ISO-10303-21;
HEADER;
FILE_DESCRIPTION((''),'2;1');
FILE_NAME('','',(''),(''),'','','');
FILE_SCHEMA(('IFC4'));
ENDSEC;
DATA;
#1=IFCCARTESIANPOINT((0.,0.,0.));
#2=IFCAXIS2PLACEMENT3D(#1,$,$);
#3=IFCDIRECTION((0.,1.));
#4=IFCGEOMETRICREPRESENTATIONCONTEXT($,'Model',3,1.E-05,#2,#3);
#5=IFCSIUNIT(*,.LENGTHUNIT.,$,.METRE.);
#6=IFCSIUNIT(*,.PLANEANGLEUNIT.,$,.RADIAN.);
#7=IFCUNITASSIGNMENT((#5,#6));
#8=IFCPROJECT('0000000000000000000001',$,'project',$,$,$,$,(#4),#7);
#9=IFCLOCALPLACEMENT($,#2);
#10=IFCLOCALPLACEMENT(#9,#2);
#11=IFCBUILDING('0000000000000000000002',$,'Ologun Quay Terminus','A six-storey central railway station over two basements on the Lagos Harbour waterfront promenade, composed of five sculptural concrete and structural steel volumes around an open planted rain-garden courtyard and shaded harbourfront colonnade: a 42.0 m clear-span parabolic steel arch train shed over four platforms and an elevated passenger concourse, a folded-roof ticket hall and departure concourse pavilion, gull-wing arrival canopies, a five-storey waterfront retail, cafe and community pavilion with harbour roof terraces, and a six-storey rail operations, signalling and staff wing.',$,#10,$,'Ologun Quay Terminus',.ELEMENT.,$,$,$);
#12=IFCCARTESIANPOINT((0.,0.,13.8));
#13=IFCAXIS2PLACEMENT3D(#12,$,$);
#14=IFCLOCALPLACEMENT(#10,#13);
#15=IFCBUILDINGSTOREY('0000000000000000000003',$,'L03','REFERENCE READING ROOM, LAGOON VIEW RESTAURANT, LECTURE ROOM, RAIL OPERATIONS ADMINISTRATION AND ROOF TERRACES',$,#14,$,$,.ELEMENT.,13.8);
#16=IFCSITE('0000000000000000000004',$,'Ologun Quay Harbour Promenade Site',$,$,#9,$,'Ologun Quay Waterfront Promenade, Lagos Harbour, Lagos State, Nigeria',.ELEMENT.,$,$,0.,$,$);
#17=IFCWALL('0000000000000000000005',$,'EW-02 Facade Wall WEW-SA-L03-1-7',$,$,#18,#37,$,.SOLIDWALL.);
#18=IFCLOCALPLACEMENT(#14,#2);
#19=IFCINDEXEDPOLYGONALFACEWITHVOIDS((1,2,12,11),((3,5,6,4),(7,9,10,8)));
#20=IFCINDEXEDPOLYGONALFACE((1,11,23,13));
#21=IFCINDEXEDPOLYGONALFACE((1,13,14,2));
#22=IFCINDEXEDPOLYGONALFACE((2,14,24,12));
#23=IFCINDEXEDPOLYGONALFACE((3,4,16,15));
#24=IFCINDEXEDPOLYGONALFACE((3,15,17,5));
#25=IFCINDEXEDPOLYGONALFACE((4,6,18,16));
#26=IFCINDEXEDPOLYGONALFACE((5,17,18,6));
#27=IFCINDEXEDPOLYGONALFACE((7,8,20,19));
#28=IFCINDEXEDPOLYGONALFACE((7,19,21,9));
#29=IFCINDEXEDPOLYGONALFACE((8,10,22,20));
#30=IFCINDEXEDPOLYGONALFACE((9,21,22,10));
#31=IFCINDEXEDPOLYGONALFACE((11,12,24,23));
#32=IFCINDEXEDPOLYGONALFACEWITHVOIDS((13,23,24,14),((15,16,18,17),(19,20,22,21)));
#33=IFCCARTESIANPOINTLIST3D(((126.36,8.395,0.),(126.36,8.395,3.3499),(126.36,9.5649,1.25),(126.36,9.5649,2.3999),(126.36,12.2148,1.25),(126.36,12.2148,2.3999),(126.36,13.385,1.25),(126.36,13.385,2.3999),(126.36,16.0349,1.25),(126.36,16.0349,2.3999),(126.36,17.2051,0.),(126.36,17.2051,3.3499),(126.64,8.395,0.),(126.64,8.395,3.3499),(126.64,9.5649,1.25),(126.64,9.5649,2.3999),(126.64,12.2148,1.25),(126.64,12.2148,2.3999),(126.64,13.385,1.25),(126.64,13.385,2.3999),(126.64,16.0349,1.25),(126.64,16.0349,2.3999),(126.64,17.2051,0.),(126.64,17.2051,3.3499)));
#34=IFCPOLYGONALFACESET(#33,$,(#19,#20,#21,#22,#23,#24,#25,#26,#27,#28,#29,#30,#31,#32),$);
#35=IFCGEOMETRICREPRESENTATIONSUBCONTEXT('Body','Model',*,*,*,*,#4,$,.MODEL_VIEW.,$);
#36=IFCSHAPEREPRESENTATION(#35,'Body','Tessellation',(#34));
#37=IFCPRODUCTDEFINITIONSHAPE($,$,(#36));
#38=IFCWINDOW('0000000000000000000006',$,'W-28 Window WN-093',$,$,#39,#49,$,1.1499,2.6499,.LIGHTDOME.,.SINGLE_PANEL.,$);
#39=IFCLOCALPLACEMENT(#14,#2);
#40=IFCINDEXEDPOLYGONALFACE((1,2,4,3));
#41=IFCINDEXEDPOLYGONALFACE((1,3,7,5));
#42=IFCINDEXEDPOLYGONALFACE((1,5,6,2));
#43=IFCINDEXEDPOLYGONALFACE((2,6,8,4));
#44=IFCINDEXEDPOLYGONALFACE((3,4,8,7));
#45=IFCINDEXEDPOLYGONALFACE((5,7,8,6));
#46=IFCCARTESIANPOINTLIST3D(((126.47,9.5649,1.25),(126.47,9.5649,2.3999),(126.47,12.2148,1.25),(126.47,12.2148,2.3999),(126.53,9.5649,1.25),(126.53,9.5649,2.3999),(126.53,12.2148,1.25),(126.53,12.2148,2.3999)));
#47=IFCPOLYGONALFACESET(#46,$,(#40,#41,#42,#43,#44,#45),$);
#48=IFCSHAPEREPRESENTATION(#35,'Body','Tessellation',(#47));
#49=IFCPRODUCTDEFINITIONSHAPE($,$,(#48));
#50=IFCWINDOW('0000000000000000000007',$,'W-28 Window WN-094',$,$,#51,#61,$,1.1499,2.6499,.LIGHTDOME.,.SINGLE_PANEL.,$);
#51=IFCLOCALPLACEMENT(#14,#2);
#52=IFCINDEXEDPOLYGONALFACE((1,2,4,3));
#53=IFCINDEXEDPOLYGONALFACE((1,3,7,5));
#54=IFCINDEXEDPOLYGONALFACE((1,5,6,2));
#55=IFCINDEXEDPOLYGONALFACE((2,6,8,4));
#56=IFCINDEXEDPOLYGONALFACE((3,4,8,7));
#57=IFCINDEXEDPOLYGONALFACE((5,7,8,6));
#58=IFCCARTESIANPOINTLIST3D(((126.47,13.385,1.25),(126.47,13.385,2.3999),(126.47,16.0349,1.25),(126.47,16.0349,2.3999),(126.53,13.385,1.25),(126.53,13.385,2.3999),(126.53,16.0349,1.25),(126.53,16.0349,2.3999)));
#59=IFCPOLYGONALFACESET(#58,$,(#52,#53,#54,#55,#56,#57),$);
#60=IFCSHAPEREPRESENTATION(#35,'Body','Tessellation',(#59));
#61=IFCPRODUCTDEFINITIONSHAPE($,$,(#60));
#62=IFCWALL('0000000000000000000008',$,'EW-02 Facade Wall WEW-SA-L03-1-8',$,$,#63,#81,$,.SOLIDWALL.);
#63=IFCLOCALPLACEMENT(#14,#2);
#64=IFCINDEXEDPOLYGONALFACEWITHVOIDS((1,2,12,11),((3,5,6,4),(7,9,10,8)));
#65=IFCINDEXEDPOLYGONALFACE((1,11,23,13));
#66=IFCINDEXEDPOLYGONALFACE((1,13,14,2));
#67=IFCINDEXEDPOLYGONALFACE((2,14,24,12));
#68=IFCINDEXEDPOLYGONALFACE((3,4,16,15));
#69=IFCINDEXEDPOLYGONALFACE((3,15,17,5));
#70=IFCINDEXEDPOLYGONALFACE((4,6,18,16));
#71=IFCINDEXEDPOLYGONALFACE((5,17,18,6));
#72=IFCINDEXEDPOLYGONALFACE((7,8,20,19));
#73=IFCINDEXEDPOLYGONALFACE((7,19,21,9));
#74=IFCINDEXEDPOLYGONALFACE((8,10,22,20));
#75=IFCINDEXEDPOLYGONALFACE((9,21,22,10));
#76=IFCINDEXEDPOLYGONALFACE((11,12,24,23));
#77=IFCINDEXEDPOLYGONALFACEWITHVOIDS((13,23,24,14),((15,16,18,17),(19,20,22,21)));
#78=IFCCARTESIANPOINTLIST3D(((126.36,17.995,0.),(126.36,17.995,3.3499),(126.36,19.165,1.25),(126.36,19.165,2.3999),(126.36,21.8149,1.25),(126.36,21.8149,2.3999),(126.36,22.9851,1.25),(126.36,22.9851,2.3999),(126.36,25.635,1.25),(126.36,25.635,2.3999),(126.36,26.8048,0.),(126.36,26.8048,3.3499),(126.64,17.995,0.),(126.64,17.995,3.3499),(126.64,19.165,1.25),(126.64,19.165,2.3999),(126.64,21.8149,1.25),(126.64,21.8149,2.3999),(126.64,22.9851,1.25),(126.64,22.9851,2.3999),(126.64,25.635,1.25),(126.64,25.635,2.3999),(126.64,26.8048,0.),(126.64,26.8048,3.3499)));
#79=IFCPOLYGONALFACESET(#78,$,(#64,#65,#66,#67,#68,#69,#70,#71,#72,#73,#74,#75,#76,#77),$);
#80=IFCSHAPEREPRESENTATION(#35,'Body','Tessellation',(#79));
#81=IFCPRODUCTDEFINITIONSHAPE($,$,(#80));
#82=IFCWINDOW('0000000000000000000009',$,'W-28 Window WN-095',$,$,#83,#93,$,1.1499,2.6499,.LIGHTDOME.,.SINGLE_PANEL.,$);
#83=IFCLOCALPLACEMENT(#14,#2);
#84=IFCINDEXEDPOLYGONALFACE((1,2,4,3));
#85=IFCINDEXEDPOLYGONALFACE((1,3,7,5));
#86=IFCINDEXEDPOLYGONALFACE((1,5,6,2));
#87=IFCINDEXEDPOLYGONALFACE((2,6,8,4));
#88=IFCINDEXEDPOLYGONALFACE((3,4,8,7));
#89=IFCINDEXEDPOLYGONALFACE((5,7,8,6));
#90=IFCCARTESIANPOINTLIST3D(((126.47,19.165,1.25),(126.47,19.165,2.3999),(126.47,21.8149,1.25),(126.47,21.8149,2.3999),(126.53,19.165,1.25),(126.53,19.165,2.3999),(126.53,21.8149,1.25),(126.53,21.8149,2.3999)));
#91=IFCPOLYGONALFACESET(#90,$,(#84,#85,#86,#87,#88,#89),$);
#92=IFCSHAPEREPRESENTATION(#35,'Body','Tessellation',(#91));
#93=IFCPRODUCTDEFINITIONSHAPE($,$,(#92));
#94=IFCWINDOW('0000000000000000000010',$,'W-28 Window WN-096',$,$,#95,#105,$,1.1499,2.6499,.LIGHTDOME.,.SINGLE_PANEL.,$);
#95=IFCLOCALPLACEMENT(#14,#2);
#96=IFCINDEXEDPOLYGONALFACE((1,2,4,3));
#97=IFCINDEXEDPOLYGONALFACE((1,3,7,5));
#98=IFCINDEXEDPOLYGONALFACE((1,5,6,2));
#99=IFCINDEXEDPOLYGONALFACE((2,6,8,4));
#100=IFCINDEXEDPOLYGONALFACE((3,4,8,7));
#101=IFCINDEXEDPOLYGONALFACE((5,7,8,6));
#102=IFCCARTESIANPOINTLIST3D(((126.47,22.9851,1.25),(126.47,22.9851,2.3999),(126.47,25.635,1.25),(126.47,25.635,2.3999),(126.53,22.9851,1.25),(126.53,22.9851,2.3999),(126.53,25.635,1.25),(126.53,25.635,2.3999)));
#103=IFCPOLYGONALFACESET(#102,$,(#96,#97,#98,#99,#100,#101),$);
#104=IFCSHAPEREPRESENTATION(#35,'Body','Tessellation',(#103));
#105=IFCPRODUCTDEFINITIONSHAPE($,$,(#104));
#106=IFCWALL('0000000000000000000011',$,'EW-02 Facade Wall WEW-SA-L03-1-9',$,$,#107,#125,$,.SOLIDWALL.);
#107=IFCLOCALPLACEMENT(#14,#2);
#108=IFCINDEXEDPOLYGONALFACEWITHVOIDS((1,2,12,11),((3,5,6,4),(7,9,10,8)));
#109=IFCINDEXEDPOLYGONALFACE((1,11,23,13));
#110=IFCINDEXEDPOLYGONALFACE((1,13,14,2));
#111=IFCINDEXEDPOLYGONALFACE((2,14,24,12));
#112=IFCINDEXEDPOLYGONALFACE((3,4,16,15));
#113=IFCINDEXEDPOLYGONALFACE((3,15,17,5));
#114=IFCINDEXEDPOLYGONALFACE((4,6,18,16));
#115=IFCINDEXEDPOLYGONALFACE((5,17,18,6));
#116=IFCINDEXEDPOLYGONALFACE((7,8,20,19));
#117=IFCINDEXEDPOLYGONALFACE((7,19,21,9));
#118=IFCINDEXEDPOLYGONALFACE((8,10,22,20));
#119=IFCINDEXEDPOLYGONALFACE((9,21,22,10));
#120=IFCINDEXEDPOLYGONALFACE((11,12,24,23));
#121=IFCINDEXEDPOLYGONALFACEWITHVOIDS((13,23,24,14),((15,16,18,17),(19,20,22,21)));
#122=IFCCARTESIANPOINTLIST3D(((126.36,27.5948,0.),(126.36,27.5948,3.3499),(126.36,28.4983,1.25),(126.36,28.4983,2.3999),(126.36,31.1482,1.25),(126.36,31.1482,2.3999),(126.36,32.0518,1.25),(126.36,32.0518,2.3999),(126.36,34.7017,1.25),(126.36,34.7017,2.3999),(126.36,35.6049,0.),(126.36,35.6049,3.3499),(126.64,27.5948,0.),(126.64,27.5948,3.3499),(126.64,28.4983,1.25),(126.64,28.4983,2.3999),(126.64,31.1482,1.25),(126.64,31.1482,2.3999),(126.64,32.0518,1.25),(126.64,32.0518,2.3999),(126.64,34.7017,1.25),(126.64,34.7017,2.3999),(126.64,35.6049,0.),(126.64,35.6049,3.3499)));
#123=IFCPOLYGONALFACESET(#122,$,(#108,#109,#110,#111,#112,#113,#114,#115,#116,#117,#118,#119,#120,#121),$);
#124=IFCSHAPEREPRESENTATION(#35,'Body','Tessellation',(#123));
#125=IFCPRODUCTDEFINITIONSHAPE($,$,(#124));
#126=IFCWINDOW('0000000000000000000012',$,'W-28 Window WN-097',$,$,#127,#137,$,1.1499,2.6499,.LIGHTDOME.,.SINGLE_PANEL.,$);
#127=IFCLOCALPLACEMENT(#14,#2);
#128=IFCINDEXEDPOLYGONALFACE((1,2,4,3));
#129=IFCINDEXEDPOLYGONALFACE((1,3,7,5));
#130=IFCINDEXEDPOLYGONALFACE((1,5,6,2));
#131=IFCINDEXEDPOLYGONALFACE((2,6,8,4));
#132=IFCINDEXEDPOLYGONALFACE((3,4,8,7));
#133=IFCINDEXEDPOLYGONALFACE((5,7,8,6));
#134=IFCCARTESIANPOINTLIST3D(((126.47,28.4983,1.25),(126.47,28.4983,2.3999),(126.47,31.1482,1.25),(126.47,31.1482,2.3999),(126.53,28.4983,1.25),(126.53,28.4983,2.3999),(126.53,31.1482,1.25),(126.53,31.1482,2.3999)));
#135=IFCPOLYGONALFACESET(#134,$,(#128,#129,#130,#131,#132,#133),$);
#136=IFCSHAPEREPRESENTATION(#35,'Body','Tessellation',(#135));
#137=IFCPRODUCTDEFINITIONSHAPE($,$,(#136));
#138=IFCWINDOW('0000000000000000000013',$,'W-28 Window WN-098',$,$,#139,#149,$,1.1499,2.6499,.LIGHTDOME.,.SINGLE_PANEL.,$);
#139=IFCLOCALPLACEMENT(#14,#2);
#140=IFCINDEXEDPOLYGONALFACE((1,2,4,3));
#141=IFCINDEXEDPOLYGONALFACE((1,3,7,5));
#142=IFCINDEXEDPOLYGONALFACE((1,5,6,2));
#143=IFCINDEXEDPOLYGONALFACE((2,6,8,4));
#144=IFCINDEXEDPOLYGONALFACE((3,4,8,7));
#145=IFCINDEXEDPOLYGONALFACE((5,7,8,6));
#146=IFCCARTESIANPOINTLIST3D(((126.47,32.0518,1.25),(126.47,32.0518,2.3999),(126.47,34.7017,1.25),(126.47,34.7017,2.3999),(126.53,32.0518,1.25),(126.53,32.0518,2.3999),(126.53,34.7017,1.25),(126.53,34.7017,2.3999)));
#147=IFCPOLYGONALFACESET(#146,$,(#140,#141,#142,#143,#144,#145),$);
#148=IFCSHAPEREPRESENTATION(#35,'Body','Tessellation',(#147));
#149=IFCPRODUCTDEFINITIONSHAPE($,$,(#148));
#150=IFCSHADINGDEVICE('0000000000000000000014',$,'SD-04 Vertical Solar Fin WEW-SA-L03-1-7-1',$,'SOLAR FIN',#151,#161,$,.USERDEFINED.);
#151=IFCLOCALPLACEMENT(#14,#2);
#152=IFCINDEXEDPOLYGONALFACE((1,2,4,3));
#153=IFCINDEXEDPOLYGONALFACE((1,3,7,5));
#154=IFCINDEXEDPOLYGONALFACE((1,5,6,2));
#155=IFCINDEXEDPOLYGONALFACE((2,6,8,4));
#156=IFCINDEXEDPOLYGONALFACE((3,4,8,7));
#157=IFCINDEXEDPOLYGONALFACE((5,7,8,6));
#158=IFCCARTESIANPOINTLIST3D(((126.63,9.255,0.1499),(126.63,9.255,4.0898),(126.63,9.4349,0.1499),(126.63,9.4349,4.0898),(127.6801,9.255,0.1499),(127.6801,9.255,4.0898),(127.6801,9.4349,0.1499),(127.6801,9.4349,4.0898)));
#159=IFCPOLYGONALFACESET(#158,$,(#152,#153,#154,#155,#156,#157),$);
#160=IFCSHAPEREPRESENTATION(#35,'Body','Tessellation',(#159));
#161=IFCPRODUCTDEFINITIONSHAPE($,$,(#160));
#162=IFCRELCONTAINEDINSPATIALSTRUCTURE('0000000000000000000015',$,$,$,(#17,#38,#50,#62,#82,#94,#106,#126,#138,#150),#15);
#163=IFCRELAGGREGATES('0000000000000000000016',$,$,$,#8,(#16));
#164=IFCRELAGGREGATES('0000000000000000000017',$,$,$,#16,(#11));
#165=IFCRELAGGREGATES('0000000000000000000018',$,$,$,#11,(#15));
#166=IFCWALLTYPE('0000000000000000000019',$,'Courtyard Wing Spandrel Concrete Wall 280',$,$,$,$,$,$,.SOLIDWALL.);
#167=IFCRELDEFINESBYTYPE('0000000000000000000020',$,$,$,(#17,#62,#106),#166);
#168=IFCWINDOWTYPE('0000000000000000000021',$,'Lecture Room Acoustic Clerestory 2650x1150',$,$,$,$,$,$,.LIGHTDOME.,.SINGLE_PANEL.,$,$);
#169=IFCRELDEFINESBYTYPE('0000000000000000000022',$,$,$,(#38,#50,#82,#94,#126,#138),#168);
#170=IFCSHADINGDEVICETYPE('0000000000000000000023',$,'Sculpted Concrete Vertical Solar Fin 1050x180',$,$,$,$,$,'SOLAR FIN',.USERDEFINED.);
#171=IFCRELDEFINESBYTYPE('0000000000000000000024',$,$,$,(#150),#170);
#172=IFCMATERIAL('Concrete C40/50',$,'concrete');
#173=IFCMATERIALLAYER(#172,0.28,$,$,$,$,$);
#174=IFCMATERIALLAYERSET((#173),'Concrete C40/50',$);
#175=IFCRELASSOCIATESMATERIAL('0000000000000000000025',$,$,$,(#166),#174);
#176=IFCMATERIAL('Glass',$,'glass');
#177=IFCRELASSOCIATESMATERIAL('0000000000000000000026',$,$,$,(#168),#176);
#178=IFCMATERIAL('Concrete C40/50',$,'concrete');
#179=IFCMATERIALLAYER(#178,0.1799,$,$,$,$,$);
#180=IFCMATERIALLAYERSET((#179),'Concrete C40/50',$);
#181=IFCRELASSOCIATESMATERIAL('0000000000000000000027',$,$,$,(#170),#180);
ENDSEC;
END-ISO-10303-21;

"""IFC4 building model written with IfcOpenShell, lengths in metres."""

from ifc_helpers import new_model, si_unit, direction, frame, frame_2d, origin, origin_2d, place, context, subcontext, project, spatial, rectangle, extrude, material, layer, layer_set, type_object, element, fill, save


model = new_model("IFC4")

# Units and contexts
model_context = context("Model", 3, precision=1e-05, world=origin(), true_north=direction((0.0, 1.0)))
body_context = subcontext(model_context, "Body", "Model", "MODEL_VIEW")
ifc_project = project(units=[si_unit("LENGTHUNIT", "METRE"), si_unit("PLANEANGLEUNIT", "RADIAN")], contexts=[model_context])

# Site, building, storey
site_placement = place(None, origin())
site = spatial("IfcSite", under=ifc_project, at=site_placement, Name="Ologun Quay Harbour Promenade Site", LongName="Ologun Quay Waterfront Promenade, Lagos Harbour, Lagos State, Nigeria", CompositionType="ELEMENT", RefElevation=0.0)
building_placement = place(site_placement, origin())
building = spatial("IfcBuilding", under=site, at=building_placement, Name="Ologun Quay Terminus", Description="A six-storey central railway station over two basements on the Lagos Harbour waterfront promenade, composed of five sculptural concrete and structural steel volumes around an open planted rain-garden courtyard and shaded harbourfront colonnade: a 42.0 m clear-span parabolic steel arch train shed over four platforms and an elevated passenger concourse, a folded-roof ticket hall and departure concourse pavilion, gull-wing arrival canopies, a five-storey waterfront retail, cafe and community pavilion with harbour roof terraces, and a six-storey rail operations, signalling and staff wing.", LongName="Ologun Quay Terminus", CompositionType="ELEMENT")
storey_placement = place(building_placement, frame((0.0, 0.0, 13.8)))
storey = spatial("IfcBuildingStorey", under=building, at=storey_placement, Name="L03", Description="REFERENCE READING ROOM, LAGOON VIEW RESTAURANT, LECTURE ROOM, RAIL OPERATIONS ADMINISTRATION AND ROOF TERRACES", CompositionType="ELEMENT", Elevation=13.8)

# Walls, openings, windows
ifc_material_1 = material(Name="Concrete C40/50", Category="concrete")
ifc_layer_1 = layer(ifc_material_1, 0.28)
ifc_layer_set_1 = layer_set([ifc_layer_1], Name="Concrete C40/50")
wall_type = type_object("IfcWallType", Name="Courtyard Wing Spandrel Concrete Wall 280", PredefinedType="SOLIDWALL", material=ifc_layer_set_1)
wall_1_placement = place(storey_placement, frame((126.5, 8.395, 0.0), z_axis=(0.0, 0.0, 1.0), x_axis=(0.0, 1.0, 0.0)))
wall_1 = element("IfcWall", 1, at=wall_1_placement, inside=storey, type_object=wall_type, Name="EW-02 Facade Wall WEW-SA-L03-1-7", PredefinedType="SOLIDWALL", context=body_context, shape_type="SweptSolid", body=[
    extrude(rectangle(XDim=8.8101, YDim=0.28, at=frame_2d((4.405, 0.0))), origin(), (0.0, 0.0, 1.0), 3.3499),
])
opening_1_placement = place(wall_1_placement, frame((1.1699, 0.0, 1.25)))
opening_1 = element("IfcOpeningElement", 2, at=opening_1_placement, cuts=wall_1, PredefinedType="OPENING", context=body_context, shape_type="SweptSolid", body=[
    extrude(rectangle(XDim=2.6499, YDim=1.1499, at=frame_2d((1.325, 0.575))), frame((0.0, 0.1499, 0.0), z_axis=(0.0, -1.0, 0.0), x_axis=(1.0, 0.0, 0.0)), (0.0, 0.0, 1.0), 0.3),
])
opening_2_placement = place(wall_1_placement, frame((4.99, 0.0, 1.25)))
opening_2 = element("IfcOpeningElement", 3, at=opening_2_placement, cuts=wall_1, PredefinedType="OPENING", context=body_context, shape_type="SweptSolid", body=[
    extrude(rectangle(XDim=2.6499, YDim=1.1499, at=frame_2d((1.325, 0.575))), frame((0.0, 0.1499, 0.0), z_axis=(0.0, -1.0, 0.0), x_axis=(1.0, 0.0, 0.0)), (0.0, 0.0, 1.0), 0.3),
])
ifc_material_2 = material(Name="Glass", Category="glass")
window_type = type_object("IfcWindowType", Name="Lecture Room Acoustic Clerestory 2650x1150", PartitioningType="SINGLE_PANEL", PredefinedType="LIGHTDOME", material=ifc_material_2)
window_1_placement = place(opening_1_placement, origin())
window_1 = element("IfcWindow", 4, at=window_1_placement, inside=storey, type_object=window_type, Name="W-28 Window WN-093", OverallHeight=1.1499, OverallWidth=2.6499, PartitioningType="SINGLE_PANEL", PredefinedType="LIGHTDOME", context=body_context, shape_type="SweptSolid", body=[
    extrude(rectangle(XDim=2.6499, YDim=1.1499, at=frame_2d((1.325, 0.575))), frame((0.0, 0.03, 0.0), z_axis=(0.0, -1.0, 0.0), x_axis=(1.0, 0.0, 0.0)), (0.0, 0.0, 1.0), 0.0601),
])
fill(opening_1, window_1)
window_2_placement = place(opening_2_placement, origin())
window_2 = element("IfcWindow", 5, at=window_2_placement, inside=storey, type_object=window_type, Name="W-28 Window WN-094", OverallHeight=1.1499, OverallWidth=2.6499, PartitioningType="SINGLE_PANEL", PredefinedType="LIGHTDOME", context=body_context, shape_type="SweptSolid", body=[
    extrude(rectangle(XDim=2.6499, YDim=1.1499, at=frame_2d((1.325, 0.575))), frame((0.0, 0.03, 0.0), z_axis=(0.0, -1.0, 0.0), x_axis=(1.0, 0.0, 0.0)), (0.0, 0.0, 1.0), 0.0601),
])
fill(opening_2, window_2)
wall_2_placement = place(storey_placement, frame((126.5, 17.9951, 0.0), z_axis=(0.0, 0.0, 1.0), x_axis=(0.0, 1.0, 0.0)))
wall_2 = element("IfcWall", 6, at=wall_2_placement, inside=storey, type_object=wall_type, Name="EW-02 Facade Wall WEW-SA-L03-1-8", PredefinedType="SOLIDWALL", context=body_context, shape_type="SweptSolid", body=[
    extrude(rectangle(XDim=8.8098, YDim=0.28, at=frame_2d((4.4048, 0.0))), origin(), (0.0, 0.0, 1.0), 3.3499),
])
opening_3_placement = place(wall_2_placement, frame((1.1699, 0.0, 1.25)))
opening_3 = element("IfcOpeningElement", 7, at=opening_3_placement, cuts=wall_2, PredefinedType="OPENING", context=body_context, shape_type="SweptSolid", body=[
    extrude(rectangle(XDim=2.6499, YDim=1.1499, at=frame_2d((1.325, 0.575))), frame((0.0, 0.1499, 0.0), z_axis=(0.0, -1.0, 0.0), x_axis=(1.0, 0.0, 0.0)), (0.0, 0.0, 1.0), 0.3),
])
opening_4_placement = place(wall_2_placement, frame((4.99, 0.0, 1.25)))
opening_4 = element("IfcOpeningElement", 8, at=opening_4_placement, cuts=wall_2, PredefinedType="OPENING", context=body_context, shape_type="SweptSolid", body=[
    extrude(rectangle(XDim=2.6499, YDim=1.1499, at=frame_2d((1.325, 0.575))), frame((0.0, 0.1499, 0.0), z_axis=(0.0, -1.0, 0.0), x_axis=(1.0, 0.0, 0.0)), (0.0, 0.0, 1.0), 0.3),
])
window_3_placement = place(opening_3_placement, origin())
window_3 = element("IfcWindow", 9, at=window_3_placement, inside=storey, type_object=window_type, Name="W-28 Window WN-095", OverallHeight=1.1499, OverallWidth=2.6499, PartitioningType="SINGLE_PANEL", PredefinedType="LIGHTDOME", context=body_context, shape_type="SweptSolid", body=[
    extrude(rectangle(XDim=2.6499, YDim=1.1499, at=frame_2d((1.325, 0.575))), frame((0.0, 0.03, 0.0), z_axis=(0.0, -1.0, 0.0), x_axis=(1.0, 0.0, 0.0)), (0.0, 0.0, 1.0), 0.0601),
])
fill(opening_3, window_3)
window_4_placement = place(opening_4_placement, origin())
window_4 = element("IfcWindow", 10, at=window_4_placement, inside=storey, type_object=window_type, Name="W-28 Window WN-096", OverallHeight=1.1499, OverallWidth=2.6499, PartitioningType="SINGLE_PANEL", PredefinedType="LIGHTDOME", context=body_context, shape_type="SweptSolid", body=[
    extrude(rectangle(XDim=2.6499, YDim=1.1499, at=frame_2d((1.325, 0.575))), frame((0.0, 0.03, 0.0), z_axis=(0.0, -1.0, 0.0), x_axis=(1.0, 0.0, 0.0)), (0.0, 0.0, 1.0), 0.0601),
])
fill(opening_4, window_4)
wall_3_placement = place(storey_placement, frame((126.5, 27.595, 0.0), z_axis=(0.0, 0.0, 1.0), x_axis=(0.0, 1.0, 0.0)))
wall_3 = element("IfcWall", 11, at=wall_3_placement, inside=storey, type_object=wall_type, Name="EW-02 Facade Wall WEW-SA-L03-1-9", PredefinedType="SOLIDWALL", context=body_context, shape_type="SweptSolid", body=[
    extrude(rectangle(XDim=8.01, YDim=0.28, at=frame_2d((4.0049, 0.0))), origin(), (0.0, 0.0, 1.0), 3.3499),
])
opening_5_placement = place(wall_3_placement, frame((0.9033, 0.0, 1.25)))
opening_5 = element("IfcOpeningElement", 12, at=opening_5_placement, cuts=wall_3, PredefinedType="OPENING", context=body_context, shape_type="SweptSolid", body=[
    extrude(rectangle(XDim=2.6499, YDim=1.1499, at=frame_2d((1.325, 0.575))), frame((0.0, 0.1499, 0.0), z_axis=(0.0, -1.0, 0.0), x_axis=(1.0, 0.0, 0.0)), (0.0, 0.0, 1.0), 0.3),
])
opening_6_placement = place(wall_3_placement, frame((4.4568, 0.0, 1.25)))
opening_6 = element("IfcOpeningElement", 13, at=opening_6_placement, cuts=wall_3, PredefinedType="OPENING", context=body_context, shape_type="SweptSolid", body=[
    extrude(rectangle(XDim=2.6499, YDim=1.1499, at=frame_2d((1.325, 0.575))), frame((0.0, 0.1499, 0.0), z_axis=(0.0, -1.0, 0.0), x_axis=(1.0, 0.0, 0.0)), (0.0, 0.0, 1.0), 0.3),
])
window_5_placement = place(opening_5_placement, origin())
window_5 = element("IfcWindow", 14, at=window_5_placement, inside=storey, type_object=window_type, Name="W-28 Window WN-097", OverallHeight=1.1499, OverallWidth=2.6499, PartitioningType="SINGLE_PANEL", PredefinedType="LIGHTDOME", context=body_context, shape_type="SweptSolid", body=[
    extrude(rectangle(XDim=2.6499, YDim=1.1499, at=frame_2d((1.325, 0.575))), frame((0.0, 0.03, 0.0), z_axis=(0.0, -1.0, 0.0), x_axis=(1.0, 0.0, 0.0)), (0.0, 0.0, 1.0), 0.0601),
])
fill(opening_5, window_5)
window_6_placement = place(opening_6_placement, origin())
window_6 = element("IfcWindow", 15, at=window_6_placement, inside=storey, type_object=window_type, Name="W-28 Window WN-098", OverallHeight=1.1499, OverallWidth=2.6499, PartitioningType="SINGLE_PANEL", PredefinedType="LIGHTDOME", context=body_context, shape_type="SweptSolid", body=[
    extrude(rectangle(XDim=2.6499, YDim=1.1499, at=frame_2d((1.325, 0.575))), frame((0.0, 0.03, 0.0), z_axis=(0.0, -1.0, 0.0), x_axis=(1.0, 0.0, 0.0)), (0.0, 0.0, 1.0), 0.0601),
])
fill(opening_6, window_6)

# Shading device
ifc_material_3 = material(Name="Concrete C40/50", Category="concrete")
ifc_layer_2 = layer(ifc_material_3, 0.1799)
ifc_layer_set_2 = layer_set([ifc_layer_2], Name="Concrete C40/50")
shading_device_type = type_object("IfcShadingDeviceType", Name="Sculpted Concrete Vertical Solar Fin 1050x180", ElementType="SOLAR FIN", PredefinedType="USERDEFINED", material=ifc_layer_set_2)
for number, where, z_axis, x_axis, name in (
    (16, (127.155, 9.345, 0.1499), (0.0, 0.0, 1.0), (1.0, 0.0, 0.0), "SD-04 Vertical Solar Fin WEW-SA-L03-1-7-1"),
):
    element("IfcShadingDevice", number, at=place(storey_placement, frame(where, z_axis=z_axis, x_axis=x_axis)), inside=storey, type_object=shading_device_type, Name=name, ObjectType="SOLAR FIN", PredefinedType="USERDEFINED", context=body_context, shape_type="SweptSolid", body=[
        extrude(rectangle(XDim=1.05, YDim=0.1799, at=origin_2d()), origin(), (0.0, 0.0, 1.0), 3.9399),
    ])

save(model, "model.ifc")
